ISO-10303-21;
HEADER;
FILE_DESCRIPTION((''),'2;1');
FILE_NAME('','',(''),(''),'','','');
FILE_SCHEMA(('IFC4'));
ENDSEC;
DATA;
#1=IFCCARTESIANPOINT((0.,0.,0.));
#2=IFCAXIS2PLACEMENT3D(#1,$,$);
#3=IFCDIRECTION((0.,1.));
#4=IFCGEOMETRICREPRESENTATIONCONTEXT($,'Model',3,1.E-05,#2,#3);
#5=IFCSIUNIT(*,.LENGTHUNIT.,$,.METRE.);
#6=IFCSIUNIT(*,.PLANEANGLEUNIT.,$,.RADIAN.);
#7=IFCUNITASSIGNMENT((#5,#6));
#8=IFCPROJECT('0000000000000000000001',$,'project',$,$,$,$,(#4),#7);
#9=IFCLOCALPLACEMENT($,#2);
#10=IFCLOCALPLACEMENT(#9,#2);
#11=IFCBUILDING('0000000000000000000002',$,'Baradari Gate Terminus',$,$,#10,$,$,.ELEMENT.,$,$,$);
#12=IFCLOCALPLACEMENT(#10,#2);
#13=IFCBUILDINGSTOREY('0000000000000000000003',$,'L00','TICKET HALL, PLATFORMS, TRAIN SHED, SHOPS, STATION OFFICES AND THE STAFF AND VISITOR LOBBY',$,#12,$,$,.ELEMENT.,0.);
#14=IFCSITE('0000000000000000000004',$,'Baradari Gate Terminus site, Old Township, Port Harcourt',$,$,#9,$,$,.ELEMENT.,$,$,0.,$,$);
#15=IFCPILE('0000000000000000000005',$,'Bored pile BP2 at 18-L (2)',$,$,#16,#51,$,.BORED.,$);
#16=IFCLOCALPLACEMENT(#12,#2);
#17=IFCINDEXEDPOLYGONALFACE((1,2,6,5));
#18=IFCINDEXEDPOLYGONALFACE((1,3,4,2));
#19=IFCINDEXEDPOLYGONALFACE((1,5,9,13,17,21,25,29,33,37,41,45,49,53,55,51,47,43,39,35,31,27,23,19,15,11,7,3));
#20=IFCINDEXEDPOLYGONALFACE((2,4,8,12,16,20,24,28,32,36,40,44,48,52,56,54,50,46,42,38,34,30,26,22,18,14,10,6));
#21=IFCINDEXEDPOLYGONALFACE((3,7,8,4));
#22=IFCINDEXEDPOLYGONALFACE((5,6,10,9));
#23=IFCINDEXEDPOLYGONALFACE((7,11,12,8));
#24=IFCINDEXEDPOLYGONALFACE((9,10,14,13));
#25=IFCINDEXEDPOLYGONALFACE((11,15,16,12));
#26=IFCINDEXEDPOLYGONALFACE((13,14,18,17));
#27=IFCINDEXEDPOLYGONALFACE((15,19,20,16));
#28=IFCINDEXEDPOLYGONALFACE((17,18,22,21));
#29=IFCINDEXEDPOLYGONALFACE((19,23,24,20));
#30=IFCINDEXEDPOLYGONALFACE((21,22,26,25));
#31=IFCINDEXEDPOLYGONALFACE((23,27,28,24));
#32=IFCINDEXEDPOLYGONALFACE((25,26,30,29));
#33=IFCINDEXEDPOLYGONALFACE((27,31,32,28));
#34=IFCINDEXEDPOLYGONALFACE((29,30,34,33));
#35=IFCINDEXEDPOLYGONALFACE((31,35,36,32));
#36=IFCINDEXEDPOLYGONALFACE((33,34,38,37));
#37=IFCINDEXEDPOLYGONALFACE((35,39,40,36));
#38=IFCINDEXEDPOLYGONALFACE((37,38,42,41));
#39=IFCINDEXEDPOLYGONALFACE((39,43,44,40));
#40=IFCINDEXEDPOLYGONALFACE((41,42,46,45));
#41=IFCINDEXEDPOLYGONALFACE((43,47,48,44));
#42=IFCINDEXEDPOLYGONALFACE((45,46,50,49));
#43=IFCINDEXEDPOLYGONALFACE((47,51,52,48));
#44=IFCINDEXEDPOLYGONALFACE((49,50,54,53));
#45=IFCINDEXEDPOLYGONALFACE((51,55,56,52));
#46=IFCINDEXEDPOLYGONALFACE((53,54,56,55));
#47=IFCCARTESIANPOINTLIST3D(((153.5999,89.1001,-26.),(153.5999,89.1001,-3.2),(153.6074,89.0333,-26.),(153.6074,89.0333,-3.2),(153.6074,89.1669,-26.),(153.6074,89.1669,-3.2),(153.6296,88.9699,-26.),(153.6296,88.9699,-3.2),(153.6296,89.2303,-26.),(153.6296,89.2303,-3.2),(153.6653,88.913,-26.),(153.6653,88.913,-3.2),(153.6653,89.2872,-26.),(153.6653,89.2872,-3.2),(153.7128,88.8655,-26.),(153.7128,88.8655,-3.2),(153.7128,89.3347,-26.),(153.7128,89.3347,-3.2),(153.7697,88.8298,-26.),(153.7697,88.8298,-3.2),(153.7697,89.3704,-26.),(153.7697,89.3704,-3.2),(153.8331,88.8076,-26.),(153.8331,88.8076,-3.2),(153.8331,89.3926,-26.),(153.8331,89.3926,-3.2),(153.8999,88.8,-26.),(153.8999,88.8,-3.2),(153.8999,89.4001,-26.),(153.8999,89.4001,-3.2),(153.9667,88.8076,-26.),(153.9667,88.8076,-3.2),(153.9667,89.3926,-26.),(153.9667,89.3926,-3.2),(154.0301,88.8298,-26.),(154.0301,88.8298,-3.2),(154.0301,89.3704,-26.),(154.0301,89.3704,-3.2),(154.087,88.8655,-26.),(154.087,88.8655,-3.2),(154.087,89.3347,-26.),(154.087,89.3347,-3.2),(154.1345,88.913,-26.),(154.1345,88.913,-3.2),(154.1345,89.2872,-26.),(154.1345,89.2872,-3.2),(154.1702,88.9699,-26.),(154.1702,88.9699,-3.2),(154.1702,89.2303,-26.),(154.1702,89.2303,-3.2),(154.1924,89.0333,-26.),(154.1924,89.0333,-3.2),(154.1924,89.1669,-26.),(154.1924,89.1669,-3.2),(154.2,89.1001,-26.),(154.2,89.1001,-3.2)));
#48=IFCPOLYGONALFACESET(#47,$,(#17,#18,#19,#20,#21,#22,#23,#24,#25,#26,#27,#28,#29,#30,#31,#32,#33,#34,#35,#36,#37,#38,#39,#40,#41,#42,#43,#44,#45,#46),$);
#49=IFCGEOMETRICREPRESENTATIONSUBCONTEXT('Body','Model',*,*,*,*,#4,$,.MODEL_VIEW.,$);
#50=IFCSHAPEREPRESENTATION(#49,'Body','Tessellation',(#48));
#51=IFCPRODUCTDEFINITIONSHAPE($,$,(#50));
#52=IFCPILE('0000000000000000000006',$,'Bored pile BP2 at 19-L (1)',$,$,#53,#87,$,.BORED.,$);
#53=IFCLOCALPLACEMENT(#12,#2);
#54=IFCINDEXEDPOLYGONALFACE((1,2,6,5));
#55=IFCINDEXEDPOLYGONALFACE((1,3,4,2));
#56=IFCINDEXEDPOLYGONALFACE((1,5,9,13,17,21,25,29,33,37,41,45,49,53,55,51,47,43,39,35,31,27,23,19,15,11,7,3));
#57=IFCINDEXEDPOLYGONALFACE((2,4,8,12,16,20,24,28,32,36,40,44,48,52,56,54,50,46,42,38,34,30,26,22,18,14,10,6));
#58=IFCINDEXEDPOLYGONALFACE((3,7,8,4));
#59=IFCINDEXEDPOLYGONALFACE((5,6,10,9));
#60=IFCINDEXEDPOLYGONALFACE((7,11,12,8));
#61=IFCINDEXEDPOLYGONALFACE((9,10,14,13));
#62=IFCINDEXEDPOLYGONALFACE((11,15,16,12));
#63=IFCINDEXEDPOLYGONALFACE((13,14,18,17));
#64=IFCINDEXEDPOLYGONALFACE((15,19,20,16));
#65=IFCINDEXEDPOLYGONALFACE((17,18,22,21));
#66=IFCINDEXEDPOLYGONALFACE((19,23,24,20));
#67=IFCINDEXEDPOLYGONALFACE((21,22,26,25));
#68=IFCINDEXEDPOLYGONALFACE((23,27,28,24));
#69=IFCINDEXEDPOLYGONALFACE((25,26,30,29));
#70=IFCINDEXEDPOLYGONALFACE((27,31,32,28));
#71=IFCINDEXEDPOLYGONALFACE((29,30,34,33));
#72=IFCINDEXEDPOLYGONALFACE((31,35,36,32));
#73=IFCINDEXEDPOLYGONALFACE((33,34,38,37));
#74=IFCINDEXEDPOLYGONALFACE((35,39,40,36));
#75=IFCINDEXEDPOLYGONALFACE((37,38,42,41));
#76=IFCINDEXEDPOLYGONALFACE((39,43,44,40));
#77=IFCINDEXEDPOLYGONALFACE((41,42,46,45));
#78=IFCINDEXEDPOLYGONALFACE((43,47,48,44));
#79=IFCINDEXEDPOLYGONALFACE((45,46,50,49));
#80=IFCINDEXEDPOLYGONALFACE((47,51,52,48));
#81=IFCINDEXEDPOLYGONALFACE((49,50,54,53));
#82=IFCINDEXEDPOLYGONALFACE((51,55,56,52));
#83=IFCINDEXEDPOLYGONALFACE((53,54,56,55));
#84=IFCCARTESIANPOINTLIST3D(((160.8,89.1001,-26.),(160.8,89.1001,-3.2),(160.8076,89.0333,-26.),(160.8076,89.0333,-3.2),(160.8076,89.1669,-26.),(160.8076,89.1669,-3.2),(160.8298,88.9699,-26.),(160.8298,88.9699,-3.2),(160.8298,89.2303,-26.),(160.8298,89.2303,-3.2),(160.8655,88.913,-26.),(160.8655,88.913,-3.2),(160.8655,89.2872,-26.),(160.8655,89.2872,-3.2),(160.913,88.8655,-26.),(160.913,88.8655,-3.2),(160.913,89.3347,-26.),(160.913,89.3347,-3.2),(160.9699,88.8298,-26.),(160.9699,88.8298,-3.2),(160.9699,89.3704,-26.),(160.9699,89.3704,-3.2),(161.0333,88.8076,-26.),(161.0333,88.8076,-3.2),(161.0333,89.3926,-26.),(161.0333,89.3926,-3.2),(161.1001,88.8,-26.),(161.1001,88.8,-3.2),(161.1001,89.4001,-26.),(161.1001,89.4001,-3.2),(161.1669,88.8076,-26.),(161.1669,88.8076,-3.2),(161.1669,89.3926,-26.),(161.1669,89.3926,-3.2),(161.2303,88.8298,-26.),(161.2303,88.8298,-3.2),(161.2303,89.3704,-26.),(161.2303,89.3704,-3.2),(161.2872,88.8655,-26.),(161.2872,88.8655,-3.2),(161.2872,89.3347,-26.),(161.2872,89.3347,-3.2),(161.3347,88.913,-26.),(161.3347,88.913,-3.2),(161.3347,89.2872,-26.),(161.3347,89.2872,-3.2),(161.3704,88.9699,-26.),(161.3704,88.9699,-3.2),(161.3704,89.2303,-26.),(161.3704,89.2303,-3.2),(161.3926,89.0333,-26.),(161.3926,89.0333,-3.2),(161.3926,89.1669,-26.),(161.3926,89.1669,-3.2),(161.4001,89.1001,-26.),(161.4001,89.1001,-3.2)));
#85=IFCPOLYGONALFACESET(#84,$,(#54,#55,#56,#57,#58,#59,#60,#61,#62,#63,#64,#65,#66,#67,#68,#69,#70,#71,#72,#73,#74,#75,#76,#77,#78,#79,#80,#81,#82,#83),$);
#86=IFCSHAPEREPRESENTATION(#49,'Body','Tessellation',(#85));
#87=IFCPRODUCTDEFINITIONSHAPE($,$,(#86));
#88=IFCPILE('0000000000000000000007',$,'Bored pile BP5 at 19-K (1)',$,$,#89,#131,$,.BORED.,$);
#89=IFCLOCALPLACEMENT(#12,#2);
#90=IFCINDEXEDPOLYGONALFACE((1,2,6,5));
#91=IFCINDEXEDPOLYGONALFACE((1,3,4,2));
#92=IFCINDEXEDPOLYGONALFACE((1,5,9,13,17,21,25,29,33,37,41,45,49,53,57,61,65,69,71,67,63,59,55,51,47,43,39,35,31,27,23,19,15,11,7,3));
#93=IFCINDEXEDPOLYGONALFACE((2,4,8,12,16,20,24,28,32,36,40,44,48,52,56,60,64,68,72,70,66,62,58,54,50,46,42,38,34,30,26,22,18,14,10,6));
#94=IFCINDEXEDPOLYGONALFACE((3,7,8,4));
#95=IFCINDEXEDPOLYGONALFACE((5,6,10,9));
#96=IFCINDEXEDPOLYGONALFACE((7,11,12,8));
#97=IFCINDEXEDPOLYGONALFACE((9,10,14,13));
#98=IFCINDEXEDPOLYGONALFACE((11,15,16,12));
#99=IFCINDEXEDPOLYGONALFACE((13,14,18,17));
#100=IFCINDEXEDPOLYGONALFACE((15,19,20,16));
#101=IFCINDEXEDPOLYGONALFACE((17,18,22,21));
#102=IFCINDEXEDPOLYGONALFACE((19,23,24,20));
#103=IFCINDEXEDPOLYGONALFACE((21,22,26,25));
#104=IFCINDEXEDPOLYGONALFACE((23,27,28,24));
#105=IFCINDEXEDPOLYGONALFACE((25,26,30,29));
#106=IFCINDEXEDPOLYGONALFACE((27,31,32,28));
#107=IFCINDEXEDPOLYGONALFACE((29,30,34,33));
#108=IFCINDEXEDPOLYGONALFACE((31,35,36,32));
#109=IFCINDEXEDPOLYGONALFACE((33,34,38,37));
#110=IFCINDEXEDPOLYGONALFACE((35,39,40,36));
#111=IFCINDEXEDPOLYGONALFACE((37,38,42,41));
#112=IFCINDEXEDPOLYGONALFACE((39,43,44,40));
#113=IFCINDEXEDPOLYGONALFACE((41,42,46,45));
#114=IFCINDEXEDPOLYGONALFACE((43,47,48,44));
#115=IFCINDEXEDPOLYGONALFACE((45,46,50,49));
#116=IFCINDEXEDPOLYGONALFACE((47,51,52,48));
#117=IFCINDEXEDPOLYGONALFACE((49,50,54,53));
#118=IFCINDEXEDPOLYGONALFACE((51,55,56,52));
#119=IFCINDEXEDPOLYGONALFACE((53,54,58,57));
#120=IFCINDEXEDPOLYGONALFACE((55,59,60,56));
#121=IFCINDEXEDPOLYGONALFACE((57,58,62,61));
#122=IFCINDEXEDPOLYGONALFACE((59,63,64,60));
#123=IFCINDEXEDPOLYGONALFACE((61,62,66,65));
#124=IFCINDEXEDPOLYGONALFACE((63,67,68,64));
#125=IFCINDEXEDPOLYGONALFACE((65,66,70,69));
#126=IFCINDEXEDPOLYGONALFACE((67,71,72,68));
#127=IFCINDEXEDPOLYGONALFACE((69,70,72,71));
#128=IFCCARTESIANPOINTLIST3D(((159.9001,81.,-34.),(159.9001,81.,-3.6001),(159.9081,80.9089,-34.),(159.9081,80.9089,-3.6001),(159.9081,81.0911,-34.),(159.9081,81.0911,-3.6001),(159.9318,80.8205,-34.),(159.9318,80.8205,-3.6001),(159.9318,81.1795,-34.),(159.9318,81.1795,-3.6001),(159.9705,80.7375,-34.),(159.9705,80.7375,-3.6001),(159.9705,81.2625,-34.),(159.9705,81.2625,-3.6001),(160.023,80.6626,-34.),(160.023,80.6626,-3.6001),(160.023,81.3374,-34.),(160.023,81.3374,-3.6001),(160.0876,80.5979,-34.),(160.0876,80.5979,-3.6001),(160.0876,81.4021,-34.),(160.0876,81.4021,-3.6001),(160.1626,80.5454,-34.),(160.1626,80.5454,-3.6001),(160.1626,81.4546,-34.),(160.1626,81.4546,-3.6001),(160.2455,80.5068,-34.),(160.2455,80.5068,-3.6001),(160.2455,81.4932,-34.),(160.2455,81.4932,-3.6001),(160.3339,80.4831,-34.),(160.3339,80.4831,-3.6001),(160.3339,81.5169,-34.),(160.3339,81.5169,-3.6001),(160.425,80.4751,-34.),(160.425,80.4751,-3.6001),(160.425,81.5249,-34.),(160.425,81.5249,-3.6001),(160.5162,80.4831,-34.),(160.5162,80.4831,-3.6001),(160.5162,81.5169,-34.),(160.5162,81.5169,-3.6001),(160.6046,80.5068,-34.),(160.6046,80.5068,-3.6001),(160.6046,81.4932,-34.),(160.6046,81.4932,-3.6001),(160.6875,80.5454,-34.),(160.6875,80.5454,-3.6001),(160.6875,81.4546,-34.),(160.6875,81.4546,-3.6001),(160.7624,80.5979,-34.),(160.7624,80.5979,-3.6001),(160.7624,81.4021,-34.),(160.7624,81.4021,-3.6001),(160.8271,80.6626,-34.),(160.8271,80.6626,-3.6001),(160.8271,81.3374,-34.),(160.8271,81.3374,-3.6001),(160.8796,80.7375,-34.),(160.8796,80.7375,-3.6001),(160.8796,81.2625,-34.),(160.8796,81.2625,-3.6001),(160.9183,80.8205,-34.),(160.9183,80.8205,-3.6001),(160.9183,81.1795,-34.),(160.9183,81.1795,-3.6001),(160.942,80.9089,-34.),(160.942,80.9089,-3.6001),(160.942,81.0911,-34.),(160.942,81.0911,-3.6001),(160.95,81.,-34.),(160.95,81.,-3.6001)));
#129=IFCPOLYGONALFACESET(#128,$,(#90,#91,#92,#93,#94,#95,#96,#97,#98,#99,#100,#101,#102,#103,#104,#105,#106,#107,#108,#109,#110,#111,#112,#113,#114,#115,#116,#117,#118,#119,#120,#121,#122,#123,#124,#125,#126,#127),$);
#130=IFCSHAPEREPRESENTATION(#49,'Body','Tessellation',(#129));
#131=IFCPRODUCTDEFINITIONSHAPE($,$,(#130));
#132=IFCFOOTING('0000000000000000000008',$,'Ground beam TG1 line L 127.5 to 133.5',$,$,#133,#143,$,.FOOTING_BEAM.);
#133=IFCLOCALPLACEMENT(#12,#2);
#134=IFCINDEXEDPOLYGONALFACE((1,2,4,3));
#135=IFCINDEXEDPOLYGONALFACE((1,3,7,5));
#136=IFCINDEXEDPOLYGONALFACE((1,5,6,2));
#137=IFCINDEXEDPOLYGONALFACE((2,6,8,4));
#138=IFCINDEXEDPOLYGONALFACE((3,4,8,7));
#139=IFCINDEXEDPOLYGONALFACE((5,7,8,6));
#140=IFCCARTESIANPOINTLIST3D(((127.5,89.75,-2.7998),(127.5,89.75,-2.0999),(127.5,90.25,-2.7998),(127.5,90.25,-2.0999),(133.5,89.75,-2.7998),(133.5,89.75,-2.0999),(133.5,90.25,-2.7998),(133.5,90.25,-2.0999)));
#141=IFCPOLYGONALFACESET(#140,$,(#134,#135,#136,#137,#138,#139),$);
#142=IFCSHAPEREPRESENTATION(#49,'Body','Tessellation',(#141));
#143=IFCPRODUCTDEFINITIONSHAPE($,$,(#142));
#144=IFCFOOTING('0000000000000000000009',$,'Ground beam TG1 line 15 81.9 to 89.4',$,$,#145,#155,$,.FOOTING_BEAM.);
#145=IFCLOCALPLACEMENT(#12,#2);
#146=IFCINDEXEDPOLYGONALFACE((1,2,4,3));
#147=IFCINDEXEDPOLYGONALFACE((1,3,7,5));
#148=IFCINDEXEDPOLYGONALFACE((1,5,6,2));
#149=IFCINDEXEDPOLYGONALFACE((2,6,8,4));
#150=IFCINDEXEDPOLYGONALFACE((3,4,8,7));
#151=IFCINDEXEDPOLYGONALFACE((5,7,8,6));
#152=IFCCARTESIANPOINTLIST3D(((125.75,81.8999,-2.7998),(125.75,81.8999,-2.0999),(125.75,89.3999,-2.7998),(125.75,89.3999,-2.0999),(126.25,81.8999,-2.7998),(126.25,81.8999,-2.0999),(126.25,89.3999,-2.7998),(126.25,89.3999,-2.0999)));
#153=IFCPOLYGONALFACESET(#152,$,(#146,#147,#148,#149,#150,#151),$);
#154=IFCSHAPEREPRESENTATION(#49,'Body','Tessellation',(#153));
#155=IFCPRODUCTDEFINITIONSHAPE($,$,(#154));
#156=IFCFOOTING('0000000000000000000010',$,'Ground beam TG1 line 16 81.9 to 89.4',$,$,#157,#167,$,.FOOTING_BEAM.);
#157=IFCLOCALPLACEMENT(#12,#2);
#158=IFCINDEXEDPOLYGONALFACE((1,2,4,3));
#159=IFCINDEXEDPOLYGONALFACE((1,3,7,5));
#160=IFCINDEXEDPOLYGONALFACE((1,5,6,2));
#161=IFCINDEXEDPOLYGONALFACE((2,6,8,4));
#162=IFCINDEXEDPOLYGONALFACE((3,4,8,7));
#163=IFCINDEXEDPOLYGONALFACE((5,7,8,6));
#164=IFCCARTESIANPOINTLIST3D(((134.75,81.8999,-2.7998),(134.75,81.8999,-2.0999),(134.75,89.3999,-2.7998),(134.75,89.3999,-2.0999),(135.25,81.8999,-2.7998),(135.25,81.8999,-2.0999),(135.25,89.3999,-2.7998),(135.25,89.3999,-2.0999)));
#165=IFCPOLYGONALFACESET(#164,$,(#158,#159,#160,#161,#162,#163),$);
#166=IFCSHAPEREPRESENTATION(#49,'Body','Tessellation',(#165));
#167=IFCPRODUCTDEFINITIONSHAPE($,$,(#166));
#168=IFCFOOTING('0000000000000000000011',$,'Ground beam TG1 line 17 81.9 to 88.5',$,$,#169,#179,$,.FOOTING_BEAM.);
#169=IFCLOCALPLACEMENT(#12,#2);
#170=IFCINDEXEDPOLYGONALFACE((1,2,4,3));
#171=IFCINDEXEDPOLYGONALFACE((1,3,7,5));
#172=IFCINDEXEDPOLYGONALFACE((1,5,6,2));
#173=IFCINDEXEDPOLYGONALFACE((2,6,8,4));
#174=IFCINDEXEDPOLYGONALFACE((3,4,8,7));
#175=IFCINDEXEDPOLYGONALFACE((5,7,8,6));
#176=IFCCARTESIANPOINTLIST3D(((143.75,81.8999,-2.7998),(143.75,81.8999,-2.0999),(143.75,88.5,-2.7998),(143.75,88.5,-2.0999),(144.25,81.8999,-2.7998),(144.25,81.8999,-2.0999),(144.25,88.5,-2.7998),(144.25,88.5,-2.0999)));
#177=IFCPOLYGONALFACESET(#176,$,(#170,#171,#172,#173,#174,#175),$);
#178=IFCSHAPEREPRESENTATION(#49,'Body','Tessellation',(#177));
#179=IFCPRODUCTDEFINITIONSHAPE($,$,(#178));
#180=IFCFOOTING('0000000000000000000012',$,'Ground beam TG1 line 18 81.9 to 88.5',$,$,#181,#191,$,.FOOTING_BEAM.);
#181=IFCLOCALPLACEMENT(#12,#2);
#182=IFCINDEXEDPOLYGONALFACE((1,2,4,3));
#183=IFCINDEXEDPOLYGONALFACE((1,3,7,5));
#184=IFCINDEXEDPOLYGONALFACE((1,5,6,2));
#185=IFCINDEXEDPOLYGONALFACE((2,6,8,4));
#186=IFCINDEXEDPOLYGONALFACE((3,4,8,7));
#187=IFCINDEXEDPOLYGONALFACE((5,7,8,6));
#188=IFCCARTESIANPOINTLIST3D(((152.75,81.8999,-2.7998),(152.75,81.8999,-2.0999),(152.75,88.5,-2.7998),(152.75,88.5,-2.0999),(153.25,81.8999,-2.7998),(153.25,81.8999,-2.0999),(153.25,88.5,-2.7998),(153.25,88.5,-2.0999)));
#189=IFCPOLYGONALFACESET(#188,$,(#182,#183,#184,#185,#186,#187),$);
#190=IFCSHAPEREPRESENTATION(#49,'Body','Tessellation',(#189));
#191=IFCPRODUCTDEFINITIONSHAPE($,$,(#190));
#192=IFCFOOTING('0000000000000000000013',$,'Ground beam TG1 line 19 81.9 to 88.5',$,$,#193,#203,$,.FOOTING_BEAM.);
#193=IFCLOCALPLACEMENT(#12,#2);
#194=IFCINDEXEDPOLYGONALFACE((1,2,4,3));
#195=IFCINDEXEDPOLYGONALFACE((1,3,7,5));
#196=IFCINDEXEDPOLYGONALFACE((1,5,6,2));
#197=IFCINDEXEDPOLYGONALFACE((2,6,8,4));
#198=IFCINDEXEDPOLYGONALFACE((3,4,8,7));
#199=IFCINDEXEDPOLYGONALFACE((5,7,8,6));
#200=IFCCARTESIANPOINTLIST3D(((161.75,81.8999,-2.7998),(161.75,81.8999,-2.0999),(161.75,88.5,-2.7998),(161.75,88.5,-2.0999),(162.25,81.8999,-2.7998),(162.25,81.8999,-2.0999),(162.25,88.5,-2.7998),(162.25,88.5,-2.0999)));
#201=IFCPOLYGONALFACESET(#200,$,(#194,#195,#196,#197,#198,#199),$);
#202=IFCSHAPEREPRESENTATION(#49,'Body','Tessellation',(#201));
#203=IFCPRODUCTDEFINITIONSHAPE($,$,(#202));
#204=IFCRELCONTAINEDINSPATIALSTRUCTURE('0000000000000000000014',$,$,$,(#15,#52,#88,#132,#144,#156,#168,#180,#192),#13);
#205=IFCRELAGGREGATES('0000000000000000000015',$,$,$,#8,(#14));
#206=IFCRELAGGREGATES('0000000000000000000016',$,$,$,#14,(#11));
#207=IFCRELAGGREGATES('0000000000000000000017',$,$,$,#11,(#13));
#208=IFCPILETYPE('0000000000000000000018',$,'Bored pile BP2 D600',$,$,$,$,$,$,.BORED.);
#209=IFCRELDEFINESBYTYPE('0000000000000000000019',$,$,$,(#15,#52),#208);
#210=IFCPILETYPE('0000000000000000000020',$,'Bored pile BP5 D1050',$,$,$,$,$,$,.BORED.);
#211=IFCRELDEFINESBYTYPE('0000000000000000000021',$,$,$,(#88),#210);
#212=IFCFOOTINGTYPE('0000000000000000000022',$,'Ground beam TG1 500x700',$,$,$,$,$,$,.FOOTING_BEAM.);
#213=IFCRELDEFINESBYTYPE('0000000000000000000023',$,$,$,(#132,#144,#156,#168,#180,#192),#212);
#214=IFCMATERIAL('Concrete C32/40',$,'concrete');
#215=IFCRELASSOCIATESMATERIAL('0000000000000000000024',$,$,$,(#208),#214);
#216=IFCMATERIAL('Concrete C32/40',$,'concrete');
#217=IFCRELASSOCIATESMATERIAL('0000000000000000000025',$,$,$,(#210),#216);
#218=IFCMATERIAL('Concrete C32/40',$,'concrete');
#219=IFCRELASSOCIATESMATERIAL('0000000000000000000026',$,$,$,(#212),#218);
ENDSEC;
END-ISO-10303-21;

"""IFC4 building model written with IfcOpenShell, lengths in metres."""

from ifc_helpers import new_model, si_unit, direction, frame, origin, origin_2d, place, context, subcontext, project, spatial, rectangle, circle, extrude, material, type_object, element, save


model = new_model("IFC4")

# Units and contexts
model_context = context("Model", 3, precision=1e-05, world=origin(), true_north=direction((0.0, 1.0)))
body_context = subcontext(model_context, "Body", "Model", "MODEL_VIEW")
ifc_project = project(units=[si_unit("LENGTHUNIT", "METRE"), si_unit("PLANEANGLEUNIT", "RADIAN")], contexts=[model_context])

# Site, building, storey
site_placement = place(None, origin())
site = spatial("IfcSite", under=ifc_project, at=site_placement, Name="Baradari Gate Terminus site, Old Township, Port Harcourt", CompositionType="ELEMENT", RefElevation=0.0)
building_placement = place(site_placement, origin())
building = spatial("IfcBuilding", under=site, at=building_placement, Name="Baradari Gate Terminus", CompositionType="ELEMENT")
storey_placement = place(building_placement, origin())
storey = spatial("IfcBuildingStorey", under=building, at=storey_placement, Name="L00", Description="TICKET HALL, PLATFORMS, TRAIN SHED, SHOPS, STATION OFFICES AND THE STAFF AND VISITOR LOBBY", CompositionType="ELEMENT", Elevation=0.0)

# Piles
ifc_material_1 = material(Name="Concrete C32/40", Category="concrete")
pile_type_1 = type_object("IfcPileType", Name="Bored pile BP2 D600", PredefinedType="BORED", material=ifc_material_1)
for number, where, z_axis, x_axis, name in (
    (1, (153.8999, 89.1001, -3.2), (0.0, 0.0, -1.0), (1.0, 0.0, 0.0), "Bored pile BP2 at 18-L (2)"),
    (2, (161.1001, 89.1001, -3.2), (0.0, 0.0, -1.0), (1.0, 0.0, 0.0), "Bored pile BP2 at 19-L (1)"),
):
    element("IfcPile", number, at=place(storey_placement, frame(where, z_axis=z_axis, x_axis=x_axis)), inside=storey, type_object=pile_type_1, Name=name, PredefinedType="BORED", context=body_context, shape_type="SweptSolid", body=[
        extrude(circle(Radius=0.3, at=origin_2d()), origin(), (0.0, 0.0, 1.0), 22.8),
    ])
ifc_material_2 = material(Name="Concrete C32/40", Category="concrete")
pile_type_2 = type_object("IfcPileType", Name="Bored pile BP5 D1050", PredefinedType="BORED", material=ifc_material_2)
pile_placement = place(storey_placement, frame((160.425, 81.0, -3.6001), z_axis=(0.0, 0.0, -1.0), x_axis=(1.0, 0.0, 0.0)))
element("IfcPile", 3, at=pile_placement, inside=storey, type_object=pile_type_2, Name="Bored pile BP5 at 19-K (1)", PredefinedType="BORED", context=body_context, shape_type="SweptSolid", body=[
    extrude(circle(Radius=0.5249, at=origin_2d()), origin(), (0.0, 0.0, 1.0), 30.3999),
])

# Footings
ifc_material_3 = material(Name="Concrete C32/40", Category="concrete")
footing_type_1 = type_object("IfcFootingType", Name="Ground beam TG1 500x700", PredefinedType="FOOTING_BEAM", material=ifc_material_3)
footing_1_placement = place(storey_placement, frame((130.5, 90.0, -2.7998), z_axis=(0.0, 0.0, 1.0), x_axis=(1.0, 0.0, 0.0)))
element("IfcFooting", 4, at=footing_1_placement, inside=storey, type_object=footing_type_1, Name="Ground beam TG1 line L 127.5 to 133.5", PredefinedType="FOOTING_BEAM", context=body_context, shape_type="SweptSolid", body=[
    extrude(rectangle(XDim=6.0, YDim=0.5, at=origin_2d()), origin(), (0.0, 0.0, 1.0), 0.7),
])
for number, where, z_axis, x_axis, name in (
    (5, (126.0, 85.6499, -2.7998), (0.0, 0.0, 1.0), (1.0, 0.0, 0.0), "Ground beam TG1 line 15 81.9 to 89.4"),
    (6, (135.0, 85.6499, -2.7998), (0.0, 0.0, 1.0), (1.0, 0.0, 0.0), "Ground beam TG1 line 16 81.9 to 89.4"),
):
    element("IfcFooting", number, at=place(storey_placement, frame(where, z_axis=z_axis, x_axis=x_axis)), inside=storey, type_object=footing_type_1, Name=name, PredefinedType="FOOTING_BEAM", context=body_context, shape_type="SweptSolid", body=[
        extrude(rectangle(XDim=0.5, YDim=7.5, at=origin_2d()), origin(), (0.0, 0.0, 1.0), 0.7),
    ])
for number, where, z_axis, x_axis, name in (
    (7, (144.0, 85.2, -2.7998), (0.0, 0.0, 1.0), (1.0, 0.0, 0.0), "Ground beam TG1 line 17 81.9 to 88.5"),
    (8, (153.0, 85.2, -2.7998), (0.0, 0.0, 1.0), (1.0, 0.0, 0.0), "Ground beam TG1 line 18 81.9 to 88.5"),
    (9, (162.0, 85.2, -2.7998), (0.0, 0.0, 1.0), (1.0, 0.0, 0.0), "Ground beam TG1 line 19 81.9 to 88.5"),
):
    element("IfcFooting", number, at=place(storey_placement, frame(where, z_axis=z_axis, x_axis=x_axis)), inside=storey, type_object=footing_type_1, Name=name, PredefinedType="FOOTING_BEAM", context=body_context, shape_type="SweptSolid", body=[
        extrude(rectangle(XDim=0.5, YDim=6.6001, at=origin_2d()), origin(), (0.0, 0.0, 1.0), 0.7),
    ])

save(model, "model.ifc")
